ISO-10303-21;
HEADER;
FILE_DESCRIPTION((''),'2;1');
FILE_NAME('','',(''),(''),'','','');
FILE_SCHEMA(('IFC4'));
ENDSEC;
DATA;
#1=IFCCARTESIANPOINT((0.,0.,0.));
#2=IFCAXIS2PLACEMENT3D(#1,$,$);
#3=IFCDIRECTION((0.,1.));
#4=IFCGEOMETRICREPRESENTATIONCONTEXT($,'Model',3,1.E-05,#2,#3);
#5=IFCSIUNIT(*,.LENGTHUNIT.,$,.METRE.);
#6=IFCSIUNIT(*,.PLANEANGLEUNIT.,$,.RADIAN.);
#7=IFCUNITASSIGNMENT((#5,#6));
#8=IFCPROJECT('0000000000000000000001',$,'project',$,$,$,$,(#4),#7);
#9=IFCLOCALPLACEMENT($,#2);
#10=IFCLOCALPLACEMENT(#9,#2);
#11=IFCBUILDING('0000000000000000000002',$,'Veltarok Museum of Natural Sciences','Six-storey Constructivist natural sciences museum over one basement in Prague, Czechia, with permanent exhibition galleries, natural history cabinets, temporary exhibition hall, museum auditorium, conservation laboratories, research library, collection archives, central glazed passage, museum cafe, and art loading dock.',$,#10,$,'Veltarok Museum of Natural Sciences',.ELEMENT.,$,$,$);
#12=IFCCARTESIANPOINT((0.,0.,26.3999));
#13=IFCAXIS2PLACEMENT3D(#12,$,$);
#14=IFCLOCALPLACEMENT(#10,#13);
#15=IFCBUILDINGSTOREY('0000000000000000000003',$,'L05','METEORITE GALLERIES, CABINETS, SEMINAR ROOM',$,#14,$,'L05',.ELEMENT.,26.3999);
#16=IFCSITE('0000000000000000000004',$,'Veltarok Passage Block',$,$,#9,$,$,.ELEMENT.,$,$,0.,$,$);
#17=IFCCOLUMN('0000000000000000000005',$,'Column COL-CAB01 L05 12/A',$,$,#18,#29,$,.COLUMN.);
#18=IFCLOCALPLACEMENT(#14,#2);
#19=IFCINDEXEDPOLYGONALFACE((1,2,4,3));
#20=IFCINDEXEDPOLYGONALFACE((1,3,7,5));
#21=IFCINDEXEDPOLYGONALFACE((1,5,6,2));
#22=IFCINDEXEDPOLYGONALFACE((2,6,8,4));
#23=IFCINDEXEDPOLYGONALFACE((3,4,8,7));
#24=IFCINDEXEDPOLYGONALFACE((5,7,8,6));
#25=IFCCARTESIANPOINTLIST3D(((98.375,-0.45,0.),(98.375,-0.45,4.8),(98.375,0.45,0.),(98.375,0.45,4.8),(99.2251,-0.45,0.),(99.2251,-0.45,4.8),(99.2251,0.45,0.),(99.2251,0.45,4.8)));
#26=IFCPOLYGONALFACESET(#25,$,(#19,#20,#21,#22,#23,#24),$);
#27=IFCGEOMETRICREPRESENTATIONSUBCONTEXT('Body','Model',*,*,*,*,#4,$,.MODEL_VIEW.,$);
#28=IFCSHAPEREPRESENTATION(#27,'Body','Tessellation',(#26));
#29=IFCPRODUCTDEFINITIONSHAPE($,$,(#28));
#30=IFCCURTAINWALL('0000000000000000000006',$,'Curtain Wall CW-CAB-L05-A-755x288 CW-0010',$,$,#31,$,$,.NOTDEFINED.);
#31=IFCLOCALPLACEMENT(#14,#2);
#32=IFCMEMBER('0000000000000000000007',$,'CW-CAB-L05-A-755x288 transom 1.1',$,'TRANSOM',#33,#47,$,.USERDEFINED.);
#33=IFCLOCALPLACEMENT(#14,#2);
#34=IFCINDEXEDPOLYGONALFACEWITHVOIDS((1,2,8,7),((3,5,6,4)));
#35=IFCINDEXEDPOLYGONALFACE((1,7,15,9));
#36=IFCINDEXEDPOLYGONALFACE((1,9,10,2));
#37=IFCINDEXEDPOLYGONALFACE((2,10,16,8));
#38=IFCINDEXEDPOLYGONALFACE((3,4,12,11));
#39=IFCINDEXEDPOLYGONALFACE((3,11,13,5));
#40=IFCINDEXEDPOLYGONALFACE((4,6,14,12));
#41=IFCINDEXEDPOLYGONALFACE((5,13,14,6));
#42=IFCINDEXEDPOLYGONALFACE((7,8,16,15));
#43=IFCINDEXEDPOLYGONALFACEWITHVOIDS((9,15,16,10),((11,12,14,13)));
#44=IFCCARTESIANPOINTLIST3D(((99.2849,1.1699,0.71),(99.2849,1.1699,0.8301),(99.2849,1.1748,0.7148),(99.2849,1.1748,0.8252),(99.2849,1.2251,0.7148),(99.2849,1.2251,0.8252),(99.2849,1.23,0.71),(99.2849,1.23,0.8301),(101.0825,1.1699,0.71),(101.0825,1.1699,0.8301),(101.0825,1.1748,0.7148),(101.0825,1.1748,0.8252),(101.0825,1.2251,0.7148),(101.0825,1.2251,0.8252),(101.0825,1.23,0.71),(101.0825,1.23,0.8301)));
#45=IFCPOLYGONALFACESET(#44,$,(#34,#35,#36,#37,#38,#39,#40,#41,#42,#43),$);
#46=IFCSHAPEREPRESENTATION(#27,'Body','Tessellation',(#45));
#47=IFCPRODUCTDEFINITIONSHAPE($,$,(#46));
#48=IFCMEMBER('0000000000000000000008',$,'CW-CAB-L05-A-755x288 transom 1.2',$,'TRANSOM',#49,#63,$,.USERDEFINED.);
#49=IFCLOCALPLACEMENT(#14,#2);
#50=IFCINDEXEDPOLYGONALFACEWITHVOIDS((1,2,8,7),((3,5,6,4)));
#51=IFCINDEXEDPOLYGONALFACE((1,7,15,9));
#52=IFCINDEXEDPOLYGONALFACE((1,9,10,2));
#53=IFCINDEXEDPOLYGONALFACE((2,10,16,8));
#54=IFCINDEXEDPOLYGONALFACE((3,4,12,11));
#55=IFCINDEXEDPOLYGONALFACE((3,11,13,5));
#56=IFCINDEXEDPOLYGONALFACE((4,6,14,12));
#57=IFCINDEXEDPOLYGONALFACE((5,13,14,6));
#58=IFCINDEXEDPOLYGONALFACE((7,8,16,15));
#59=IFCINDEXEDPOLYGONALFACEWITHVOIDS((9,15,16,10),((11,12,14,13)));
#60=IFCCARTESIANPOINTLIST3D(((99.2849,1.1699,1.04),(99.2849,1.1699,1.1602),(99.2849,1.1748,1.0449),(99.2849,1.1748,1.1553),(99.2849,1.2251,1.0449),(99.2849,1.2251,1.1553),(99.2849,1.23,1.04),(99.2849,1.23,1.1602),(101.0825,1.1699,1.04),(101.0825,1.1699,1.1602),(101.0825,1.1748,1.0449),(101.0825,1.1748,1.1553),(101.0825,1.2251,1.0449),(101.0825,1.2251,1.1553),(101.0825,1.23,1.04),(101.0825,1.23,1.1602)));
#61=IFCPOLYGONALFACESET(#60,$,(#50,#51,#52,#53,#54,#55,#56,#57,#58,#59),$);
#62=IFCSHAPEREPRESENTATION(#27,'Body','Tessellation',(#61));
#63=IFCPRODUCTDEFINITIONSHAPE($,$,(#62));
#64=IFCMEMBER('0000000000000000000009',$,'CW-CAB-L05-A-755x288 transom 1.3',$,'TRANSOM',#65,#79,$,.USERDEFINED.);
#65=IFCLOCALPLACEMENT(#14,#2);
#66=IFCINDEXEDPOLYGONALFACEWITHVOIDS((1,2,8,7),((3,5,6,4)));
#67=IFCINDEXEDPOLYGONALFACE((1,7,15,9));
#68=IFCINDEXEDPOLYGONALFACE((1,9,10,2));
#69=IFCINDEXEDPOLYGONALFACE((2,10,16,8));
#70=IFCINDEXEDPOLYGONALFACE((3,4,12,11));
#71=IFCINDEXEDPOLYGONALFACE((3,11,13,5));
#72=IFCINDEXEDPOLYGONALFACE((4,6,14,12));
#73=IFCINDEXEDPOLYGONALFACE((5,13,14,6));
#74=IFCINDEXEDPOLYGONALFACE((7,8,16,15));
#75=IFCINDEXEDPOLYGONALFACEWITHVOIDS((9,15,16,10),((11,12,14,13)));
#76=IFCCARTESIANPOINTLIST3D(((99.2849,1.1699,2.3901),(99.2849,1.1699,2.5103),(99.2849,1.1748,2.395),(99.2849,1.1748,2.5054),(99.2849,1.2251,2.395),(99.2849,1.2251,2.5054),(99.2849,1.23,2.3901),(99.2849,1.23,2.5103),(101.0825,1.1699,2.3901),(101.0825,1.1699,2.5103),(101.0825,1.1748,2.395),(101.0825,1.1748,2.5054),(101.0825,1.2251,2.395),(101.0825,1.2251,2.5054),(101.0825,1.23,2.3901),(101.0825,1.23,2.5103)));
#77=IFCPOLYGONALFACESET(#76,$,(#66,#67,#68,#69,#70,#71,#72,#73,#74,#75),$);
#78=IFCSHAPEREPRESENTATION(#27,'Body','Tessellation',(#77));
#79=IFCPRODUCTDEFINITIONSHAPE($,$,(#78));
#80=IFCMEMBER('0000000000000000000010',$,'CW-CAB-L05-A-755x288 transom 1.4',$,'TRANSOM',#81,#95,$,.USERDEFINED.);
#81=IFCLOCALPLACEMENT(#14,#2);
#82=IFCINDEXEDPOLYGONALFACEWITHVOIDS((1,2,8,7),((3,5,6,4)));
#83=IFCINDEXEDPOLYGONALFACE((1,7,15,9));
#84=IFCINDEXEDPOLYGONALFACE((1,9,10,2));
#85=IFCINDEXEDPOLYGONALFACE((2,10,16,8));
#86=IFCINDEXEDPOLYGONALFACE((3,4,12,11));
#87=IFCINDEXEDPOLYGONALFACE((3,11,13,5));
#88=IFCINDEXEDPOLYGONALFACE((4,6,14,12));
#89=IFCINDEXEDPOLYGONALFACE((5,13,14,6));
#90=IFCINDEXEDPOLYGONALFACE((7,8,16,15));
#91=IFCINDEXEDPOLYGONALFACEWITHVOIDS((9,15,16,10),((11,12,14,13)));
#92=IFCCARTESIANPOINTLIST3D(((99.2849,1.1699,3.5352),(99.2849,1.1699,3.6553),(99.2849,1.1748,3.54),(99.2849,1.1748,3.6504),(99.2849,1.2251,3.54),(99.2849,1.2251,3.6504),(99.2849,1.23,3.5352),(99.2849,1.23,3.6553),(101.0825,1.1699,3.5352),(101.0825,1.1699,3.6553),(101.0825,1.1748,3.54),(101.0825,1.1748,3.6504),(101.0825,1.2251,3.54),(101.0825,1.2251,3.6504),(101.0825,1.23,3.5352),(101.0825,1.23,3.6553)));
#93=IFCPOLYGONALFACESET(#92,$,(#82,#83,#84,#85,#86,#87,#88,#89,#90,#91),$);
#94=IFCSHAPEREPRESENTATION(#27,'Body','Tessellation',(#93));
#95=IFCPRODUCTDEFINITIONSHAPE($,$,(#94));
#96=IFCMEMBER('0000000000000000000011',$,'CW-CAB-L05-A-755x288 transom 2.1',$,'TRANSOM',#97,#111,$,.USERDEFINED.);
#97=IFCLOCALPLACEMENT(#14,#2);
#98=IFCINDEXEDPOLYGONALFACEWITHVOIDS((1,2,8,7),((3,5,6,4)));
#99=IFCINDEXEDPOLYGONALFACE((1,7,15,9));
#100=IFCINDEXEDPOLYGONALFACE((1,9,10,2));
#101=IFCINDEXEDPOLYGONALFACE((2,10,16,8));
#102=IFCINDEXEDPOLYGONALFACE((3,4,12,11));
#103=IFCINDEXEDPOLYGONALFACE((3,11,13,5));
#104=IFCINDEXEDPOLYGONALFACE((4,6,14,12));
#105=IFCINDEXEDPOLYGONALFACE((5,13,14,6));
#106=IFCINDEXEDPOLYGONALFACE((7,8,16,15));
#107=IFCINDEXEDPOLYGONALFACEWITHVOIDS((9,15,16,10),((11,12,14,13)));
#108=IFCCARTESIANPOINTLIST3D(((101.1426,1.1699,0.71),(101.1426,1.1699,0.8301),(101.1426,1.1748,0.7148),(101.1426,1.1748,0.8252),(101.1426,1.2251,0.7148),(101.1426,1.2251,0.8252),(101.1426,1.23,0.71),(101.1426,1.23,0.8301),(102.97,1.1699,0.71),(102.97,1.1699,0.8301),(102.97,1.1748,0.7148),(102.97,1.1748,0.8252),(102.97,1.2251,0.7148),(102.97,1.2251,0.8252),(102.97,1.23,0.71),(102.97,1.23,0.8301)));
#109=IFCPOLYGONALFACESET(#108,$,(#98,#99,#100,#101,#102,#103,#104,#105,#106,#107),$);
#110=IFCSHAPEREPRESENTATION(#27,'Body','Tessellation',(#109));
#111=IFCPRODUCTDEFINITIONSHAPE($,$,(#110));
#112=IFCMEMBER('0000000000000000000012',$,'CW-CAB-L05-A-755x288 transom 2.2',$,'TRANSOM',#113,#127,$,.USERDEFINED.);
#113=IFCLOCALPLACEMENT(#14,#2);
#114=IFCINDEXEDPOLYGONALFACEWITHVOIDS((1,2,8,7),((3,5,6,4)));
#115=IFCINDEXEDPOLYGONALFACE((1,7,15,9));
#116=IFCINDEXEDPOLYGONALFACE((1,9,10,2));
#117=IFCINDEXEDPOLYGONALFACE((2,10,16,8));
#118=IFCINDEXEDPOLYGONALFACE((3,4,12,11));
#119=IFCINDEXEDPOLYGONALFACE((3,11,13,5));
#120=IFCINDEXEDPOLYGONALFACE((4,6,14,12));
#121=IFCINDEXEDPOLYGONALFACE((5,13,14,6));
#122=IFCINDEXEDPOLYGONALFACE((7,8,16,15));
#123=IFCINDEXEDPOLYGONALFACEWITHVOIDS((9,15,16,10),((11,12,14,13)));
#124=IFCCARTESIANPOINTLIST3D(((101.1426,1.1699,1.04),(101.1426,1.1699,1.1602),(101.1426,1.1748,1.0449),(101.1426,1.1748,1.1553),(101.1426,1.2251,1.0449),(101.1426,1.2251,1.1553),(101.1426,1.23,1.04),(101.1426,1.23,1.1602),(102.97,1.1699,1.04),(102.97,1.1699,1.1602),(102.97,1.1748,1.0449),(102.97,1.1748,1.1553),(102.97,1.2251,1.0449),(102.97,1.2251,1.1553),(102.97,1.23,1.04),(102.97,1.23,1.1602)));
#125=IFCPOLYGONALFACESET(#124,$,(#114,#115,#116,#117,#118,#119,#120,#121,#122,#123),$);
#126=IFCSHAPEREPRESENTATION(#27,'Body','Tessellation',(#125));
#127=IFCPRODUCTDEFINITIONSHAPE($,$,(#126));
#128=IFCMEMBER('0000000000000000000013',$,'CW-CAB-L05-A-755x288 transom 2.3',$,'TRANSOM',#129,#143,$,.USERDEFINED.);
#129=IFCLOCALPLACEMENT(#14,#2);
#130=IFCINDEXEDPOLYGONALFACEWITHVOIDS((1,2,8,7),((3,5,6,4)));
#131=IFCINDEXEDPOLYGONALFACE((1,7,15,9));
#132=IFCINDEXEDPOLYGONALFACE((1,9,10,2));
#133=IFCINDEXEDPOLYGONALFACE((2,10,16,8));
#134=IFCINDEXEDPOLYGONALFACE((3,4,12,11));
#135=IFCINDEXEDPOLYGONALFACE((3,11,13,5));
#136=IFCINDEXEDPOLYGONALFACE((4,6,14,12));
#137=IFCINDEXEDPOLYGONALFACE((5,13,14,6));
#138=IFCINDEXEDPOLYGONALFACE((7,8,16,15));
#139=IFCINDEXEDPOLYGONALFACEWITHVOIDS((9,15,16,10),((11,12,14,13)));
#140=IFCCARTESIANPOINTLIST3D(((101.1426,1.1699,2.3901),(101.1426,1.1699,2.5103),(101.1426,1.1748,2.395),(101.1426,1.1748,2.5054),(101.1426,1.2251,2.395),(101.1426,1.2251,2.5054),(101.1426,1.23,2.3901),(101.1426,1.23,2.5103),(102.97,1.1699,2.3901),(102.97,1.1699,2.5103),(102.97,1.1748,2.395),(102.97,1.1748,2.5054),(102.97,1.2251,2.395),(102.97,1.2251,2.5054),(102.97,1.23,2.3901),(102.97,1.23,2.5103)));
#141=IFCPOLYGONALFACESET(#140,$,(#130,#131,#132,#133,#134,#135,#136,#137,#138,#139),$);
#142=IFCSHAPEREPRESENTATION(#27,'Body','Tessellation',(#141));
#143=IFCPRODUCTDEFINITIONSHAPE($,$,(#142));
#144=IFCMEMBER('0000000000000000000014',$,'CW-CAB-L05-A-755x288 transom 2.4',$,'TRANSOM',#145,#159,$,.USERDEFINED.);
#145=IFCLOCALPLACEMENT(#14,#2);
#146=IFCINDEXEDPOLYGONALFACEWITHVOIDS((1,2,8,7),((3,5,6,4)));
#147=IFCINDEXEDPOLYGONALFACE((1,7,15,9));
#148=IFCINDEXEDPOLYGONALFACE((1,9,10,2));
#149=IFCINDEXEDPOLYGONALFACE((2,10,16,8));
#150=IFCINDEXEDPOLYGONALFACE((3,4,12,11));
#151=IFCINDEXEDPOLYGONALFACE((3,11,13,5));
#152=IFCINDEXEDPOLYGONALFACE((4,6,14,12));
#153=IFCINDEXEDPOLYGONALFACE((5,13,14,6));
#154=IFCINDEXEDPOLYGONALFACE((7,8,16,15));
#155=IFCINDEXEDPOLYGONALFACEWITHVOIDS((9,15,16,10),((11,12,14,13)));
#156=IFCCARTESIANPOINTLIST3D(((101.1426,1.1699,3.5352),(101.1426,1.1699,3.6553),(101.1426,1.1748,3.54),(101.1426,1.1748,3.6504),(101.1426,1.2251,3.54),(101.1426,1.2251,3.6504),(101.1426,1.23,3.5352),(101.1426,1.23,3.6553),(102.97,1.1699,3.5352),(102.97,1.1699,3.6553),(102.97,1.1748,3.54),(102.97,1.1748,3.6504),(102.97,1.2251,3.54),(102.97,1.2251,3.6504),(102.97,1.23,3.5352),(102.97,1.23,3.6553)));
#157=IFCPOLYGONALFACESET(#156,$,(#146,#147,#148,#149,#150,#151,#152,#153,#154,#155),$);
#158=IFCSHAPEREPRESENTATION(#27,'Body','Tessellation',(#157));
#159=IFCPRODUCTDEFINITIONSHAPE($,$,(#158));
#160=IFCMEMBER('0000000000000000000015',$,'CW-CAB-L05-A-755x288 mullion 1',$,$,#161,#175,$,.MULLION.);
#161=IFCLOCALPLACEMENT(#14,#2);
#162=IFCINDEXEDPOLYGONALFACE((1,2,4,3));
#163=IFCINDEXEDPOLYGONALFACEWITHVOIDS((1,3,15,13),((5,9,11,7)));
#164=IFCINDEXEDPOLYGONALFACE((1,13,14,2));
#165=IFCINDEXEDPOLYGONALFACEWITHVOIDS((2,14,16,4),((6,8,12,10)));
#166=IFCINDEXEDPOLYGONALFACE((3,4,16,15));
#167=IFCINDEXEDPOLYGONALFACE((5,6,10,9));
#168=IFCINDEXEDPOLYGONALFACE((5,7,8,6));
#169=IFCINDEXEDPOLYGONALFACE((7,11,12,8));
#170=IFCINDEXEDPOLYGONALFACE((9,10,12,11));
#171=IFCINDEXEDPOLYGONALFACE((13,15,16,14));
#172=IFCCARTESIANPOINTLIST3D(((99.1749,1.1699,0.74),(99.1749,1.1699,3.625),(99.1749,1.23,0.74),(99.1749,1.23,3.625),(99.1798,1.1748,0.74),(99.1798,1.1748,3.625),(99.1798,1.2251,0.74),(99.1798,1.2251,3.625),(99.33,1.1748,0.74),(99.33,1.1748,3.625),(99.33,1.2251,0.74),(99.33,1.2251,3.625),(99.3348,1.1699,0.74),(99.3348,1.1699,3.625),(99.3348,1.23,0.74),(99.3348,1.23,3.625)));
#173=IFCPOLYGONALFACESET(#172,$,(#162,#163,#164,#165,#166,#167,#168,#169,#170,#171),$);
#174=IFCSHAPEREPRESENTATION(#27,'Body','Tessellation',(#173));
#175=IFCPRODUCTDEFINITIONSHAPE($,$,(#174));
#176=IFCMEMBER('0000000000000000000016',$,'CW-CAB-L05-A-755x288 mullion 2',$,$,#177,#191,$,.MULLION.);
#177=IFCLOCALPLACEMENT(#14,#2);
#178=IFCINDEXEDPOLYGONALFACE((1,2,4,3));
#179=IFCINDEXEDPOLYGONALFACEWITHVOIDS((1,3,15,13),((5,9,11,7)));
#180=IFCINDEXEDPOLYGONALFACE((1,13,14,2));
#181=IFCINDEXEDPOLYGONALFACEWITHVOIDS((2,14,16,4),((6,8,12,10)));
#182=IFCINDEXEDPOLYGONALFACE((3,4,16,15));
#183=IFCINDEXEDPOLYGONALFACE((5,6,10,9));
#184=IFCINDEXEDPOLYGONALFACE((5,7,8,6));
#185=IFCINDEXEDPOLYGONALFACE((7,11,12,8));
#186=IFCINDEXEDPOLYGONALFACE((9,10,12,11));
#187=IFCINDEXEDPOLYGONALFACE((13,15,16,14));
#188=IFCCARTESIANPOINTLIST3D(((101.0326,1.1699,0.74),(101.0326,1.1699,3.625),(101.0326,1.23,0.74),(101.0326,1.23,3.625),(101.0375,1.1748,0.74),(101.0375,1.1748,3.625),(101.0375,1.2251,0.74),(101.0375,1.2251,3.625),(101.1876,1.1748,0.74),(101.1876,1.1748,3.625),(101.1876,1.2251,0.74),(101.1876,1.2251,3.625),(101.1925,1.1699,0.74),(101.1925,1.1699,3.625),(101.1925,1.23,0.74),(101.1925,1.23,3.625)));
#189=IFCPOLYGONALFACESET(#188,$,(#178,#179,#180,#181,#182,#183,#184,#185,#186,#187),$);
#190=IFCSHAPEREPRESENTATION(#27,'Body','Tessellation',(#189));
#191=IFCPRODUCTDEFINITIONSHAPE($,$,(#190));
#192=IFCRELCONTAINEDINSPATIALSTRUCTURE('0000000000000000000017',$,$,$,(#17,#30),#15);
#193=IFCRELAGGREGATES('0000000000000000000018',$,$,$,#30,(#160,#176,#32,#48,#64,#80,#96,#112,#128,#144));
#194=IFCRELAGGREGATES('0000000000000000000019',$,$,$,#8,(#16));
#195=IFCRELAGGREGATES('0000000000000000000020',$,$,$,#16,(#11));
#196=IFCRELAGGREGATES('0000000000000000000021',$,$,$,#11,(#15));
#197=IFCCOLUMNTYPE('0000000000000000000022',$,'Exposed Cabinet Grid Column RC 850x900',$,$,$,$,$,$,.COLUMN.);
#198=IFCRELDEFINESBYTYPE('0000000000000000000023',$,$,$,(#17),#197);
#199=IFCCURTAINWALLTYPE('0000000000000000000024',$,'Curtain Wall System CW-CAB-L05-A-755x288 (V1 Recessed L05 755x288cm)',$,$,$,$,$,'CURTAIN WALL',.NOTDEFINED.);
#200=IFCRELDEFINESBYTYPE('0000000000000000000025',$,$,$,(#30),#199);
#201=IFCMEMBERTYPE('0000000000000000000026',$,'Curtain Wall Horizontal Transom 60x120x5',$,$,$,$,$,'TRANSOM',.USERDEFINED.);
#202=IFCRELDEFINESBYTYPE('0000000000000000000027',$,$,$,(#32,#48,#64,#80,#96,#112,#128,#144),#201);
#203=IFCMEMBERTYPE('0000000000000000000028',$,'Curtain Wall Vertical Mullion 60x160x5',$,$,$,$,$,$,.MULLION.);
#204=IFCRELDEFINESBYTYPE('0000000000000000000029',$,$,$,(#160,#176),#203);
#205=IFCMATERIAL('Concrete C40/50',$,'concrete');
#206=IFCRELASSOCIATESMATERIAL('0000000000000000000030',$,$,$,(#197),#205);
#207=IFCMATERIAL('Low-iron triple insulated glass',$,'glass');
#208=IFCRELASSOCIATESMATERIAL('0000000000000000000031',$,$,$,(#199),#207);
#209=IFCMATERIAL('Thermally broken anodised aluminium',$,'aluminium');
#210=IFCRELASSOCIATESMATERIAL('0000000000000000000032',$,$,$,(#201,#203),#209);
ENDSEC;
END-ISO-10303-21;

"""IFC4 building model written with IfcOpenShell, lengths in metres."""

from ifc_helpers import new_model, si_unit, direction, frame, origin, origin_2d, place, context, subcontext, project, spatial, rectangle, hollow_rectangle, extrude, material, material_profile, profile_set, type_object, element, aggregate, save


model = new_model("IFC4")

# Units and contexts
model_context = context("Model", 3, precision=1e-05, world=origin(), true_north=direction((0.0, 1.0)))
body_context = subcontext(model_context, "Body", "Model", "MODEL_VIEW")
ifc_project = project(units=[si_unit("LENGTHUNIT", "METRE"), si_unit("PLANEANGLEUNIT", "RADIAN")], contexts=[model_context])

# Site, building, storey
site_placement = place(None, origin())
site = spatial("IfcSite", under=ifc_project, at=site_placement, Name="Veltarok Passage Block", CompositionType="ELEMENT", RefElevation=0.0)
building_placement = place(site_placement, origin())
building = spatial("IfcBuilding", under=site, at=building_placement, Name="Veltarok Museum of Natural Sciences", Description="Six-storey Constructivist natural sciences museum over one basement in Prague, Czechia, with permanent exhibition galleries, natural history cabinets, temporary exhibition hall, museum auditorium, conservation laboratories, research library, collection archives, central glazed passage, museum cafe, and art loading dock.", LongName="Veltarok Museum of Natural Sciences", CompositionType="ELEMENT")
storey_placement = place(building_placement, frame((0.0, 0.0, 26.3999)))
storey = spatial("IfcBuildingStorey", under=building, at=storey_placement, Name="L05", Description="METEORITE GALLERIES, CABINETS, SEMINAR ROOM", LongName="L05", CompositionType="ELEMENT", Elevation=26.3999)

# Column
ifc_material_1 = material(Name="Concrete C40/50", Category="concrete")
ifc_material_profile_1 = material_profile(ifc_material_1, rectangle(XDim=0.8501, YDim=0.8999, at=origin_2d()), Name="RC 850x900")
ifc_profile_set_1 = profile_set([ifc_material_profile_1], Name="Concrete C40/50")
column_type = type_object("IfcColumnType", Name="Exposed Cabinet Grid Column RC 850x900", PredefinedType="COLUMN", material=ifc_profile_set_1)
column_placement = place(storey_placement, frame((98.8, 0.0, 0.0), z_axis=(0.0, 0.0, 1.0), x_axis=(1.0, 0.0, 0.0)))
element("IfcColumn", 1, at=column_placement, inside=storey, type_object=column_type, Name="Column COL-CAB01 L05 12/A", PredefinedType="COLUMN", context=body_context, shape_type="SweptSolid", body=[
    extrude(rectangle(XDim=0.8501, YDim=0.8999, at=origin_2d()), origin(), (0.0, 0.0, 1.0), 4.8),
])

# Curtain wall, members
ifc_material_2 = material(Name="Low-iron triple insulated glass", Category="glass")
curtain_wall_type = type_object("IfcCurtainWallType", Name="Curtain Wall System CW-CAB-L05-A-755x288 (V1 Recessed L05 755x288cm)", ElementType="CURTAIN WALL", PredefinedType="NOTDEFINED", material=ifc_material_2)
curtain_wall_placement = place(storey_placement, origin())
curtain_wall = element("IfcCurtainWall", 2, at=curtain_wall_placement, inside=storey, type_object=curtain_wall_type, Name="Curtain Wall CW-CAB-L05-A-755x288 CW-0010", PredefinedType="NOTDEFINED")
ifc_material_3 = material(Name="Thermally broken anodised aluminium", Category="aluminium")
ifc_material_profile_2 = material_profile(ifc_material_3, hollow_rectangle(XDim=0.0601, YDim=0.1201, WallThickness=0.0049, at=origin_2d()), Name="CW TRANSOM 60x120x5")
ifc_profile_set_2 = profile_set([ifc_material_profile_2], Name="Thermally broken anodised aluminium")
member_type_1 = type_object("IfcMemberType", Name="Curtain Wall Horizontal Transom 60x120x5", ElementType="TRANSOM", PredefinedType="USERDEFINED", material=ifc_profile_set_2)
member_1_placement = place(storey_placement, frame((99.2849, 1.2, 0.77), z_axis=(1.0, 0.0, 0.0), x_axis=(0.0, 1.0, 0.0)))
member_1 = element("IfcMember", 3, at=member_1_placement, type_object=member_type_1, Name="CW-CAB-L05-A-755x288 transom 1.1", ObjectType="TRANSOM", PredefinedType="USERDEFINED", context=body_context, shape_type="SweptSolid", body=[
    extrude(hollow_rectangle(XDim=0.0601, YDim=0.1201, WallThickness=0.0049, at=origin_2d()), origin(), (0.0, 0.0, 1.0), 1.7976),
])
member_2_placement = place(storey_placement, frame((99.2849, 1.2, 1.1001), z_axis=(1.0, 0.0, 0.0), x_axis=(0.0, 1.0, 0.0)))
member_2 = element("IfcMember", 4, at=member_2_placement, type_object=member_type_1, Name="CW-CAB-L05-A-755x288 transom 1.2", ObjectType="TRANSOM", PredefinedType="USERDEFINED", context=body_context, shape_type="SweptSolid", body=[
    extrude(hollow_rectangle(XDim=0.0601, YDim=0.1201, WallThickness=0.0049, at=origin_2d()), origin(), (0.0, 0.0, 1.0), 1.7976),
])
member_3_placement = place(storey_placement, frame((99.2849, 1.2, 2.4502), z_axis=(1.0, 0.0, 0.0), x_axis=(0.0, 1.0, 0.0)))
member_3 = element("IfcMember", 5, at=member_3_placement, type_object=member_type_1, Name="CW-CAB-L05-A-755x288 transom 1.3", ObjectType="TRANSOM", PredefinedType="USERDEFINED", context=body_context, shape_type="SweptSolid", body=[
    extrude(hollow_rectangle(XDim=0.0601, YDim=0.1201, WallThickness=0.0049, at=origin_2d()), origin(), (0.0, 0.0, 1.0), 1.7976),
])
member_4_placement = place(storey_placement, frame((99.2849, 1.2, 3.5952), z_axis=(1.0, 0.0, 0.0), x_axis=(0.0, 1.0, 0.0)))
member_4 = element("IfcMember", 6, at=member_4_placement, type_object=member_type_1, Name="CW-CAB-L05-A-755x288 transom 1.4", ObjectType="TRANSOM", PredefinedType="USERDEFINED", context=body_context, shape_type="SweptSolid", body=[
    extrude(hollow_rectangle(XDim=0.0601, YDim=0.1201, WallThickness=0.0049, at=origin_2d()), origin(), (0.0, 0.0, 1.0), 1.7976),
])
member_5_placement = place(storey_placement, frame((101.1426, 1.2, 0.77), z_axis=(1.0, 0.0, 0.0), x_axis=(0.0, 1.0, 0.0)))
member_5 = element("IfcMember", 7, at=member_5_placement, type_object=member_type_1, Name="CW-CAB-L05-A-755x288 transom 2.1", ObjectType="TRANSOM", PredefinedType="USERDEFINED", context=body_context, shape_type="SweptSolid", body=[
    extrude(hollow_rectangle(XDim=0.0601, YDim=0.1201, WallThickness=0.0049, at=origin_2d()), origin(), (0.0, 0.0, 1.0), 1.8274),
])
member_6_placement = place(storey_placement, frame((101.1426, 1.2, 1.1001), z_axis=(1.0, 0.0, 0.0), x_axis=(0.0, 1.0, 0.0)))
member_6 = element("IfcMember", 8, at=member_6_placement, type_object=member_type_1, Name="CW-CAB-L05-A-755x288 transom 2.2", ObjectType="TRANSOM", PredefinedType="USERDEFINED", context=body_context, shape_type="SweptSolid", body=[
    extrude(hollow_rectangle(XDim=0.0601, YDim=0.1201, WallThickness=0.0049, at=origin_2d()), origin(), (0.0, 0.0, 1.0), 1.8274),
])
member_7_placement = place(storey_placement, frame((101.1426, 1.2, 2.4502), z_axis=(1.0, 0.0, 0.0), x_axis=(0.0, 1.0, 0.0)))
member_7 = element("IfcMember", 9, at=member_7_placement, type_object=member_type_1, Name="CW-CAB-L05-A-755x288 transom 2.3", ObjectType="TRANSOM", PredefinedType="USERDEFINED", context=body_context, shape_type="SweptSolid", body=[
    extrude(hollow_rectangle(XDim=0.0601, YDim=0.1201, WallThickness=0.0049, at=origin_2d()), origin(), (0.0, 0.0, 1.0), 1.8274),
])
member_8_placement = place(storey_placement, frame((101.1426, 1.2, 3.5952), z_axis=(1.0, 0.0, 0.0), x_axis=(0.0, 1.0, 0.0)))
member_8 = element("IfcMember", 10, at=member_8_placement, type_object=member_type_1, Name="CW-CAB-L05-A-755x288 transom 2.4", ObjectType="TRANSOM", PredefinedType="USERDEFINED", context=body_context, shape_type="SweptSolid", body=[
    extrude(hollow_rectangle(XDim=0.0601, YDim=0.1201, WallThickness=0.0049, at=origin_2d()), origin(), (0.0, 0.0, 1.0), 1.8274),
])
ifc_material_profile_3 = material_profile(ifc_material_3, hollow_rectangle(XDim=0.0601, YDim=0.1599, WallThickness=0.0049, at=origin_2d()), Name="CW MULLION 60x160x5")
ifc_profile_set_3 = profile_set([ifc_material_profile_3], Name="Thermally broken anodised aluminium")
member_type_2 = type_object("IfcMemberType", Name="Curtain Wall Vertical Mullion 60x160x5", PredefinedType="MULLION", material=ifc_profile_set_3)
member_9_placement = place(storey_placement, frame((99.2549, 1.2, 0.74), z_axis=(0.0, 0.0, 1.0), x_axis=(0.0, 1.0, 0.0)))
member_9 = element("IfcMember", 11, at=member_9_placement, type_object=member_type_2, Name="CW-CAB-L05-A-755x288 mullion 1", PredefinedType="MULLION", context=body_context, shape_type="SweptSolid", body=[
    extrude(hollow_rectangle(XDim=0.0601, YDim=0.1599, WallThickness=0.0049, at=origin_2d()), origin(), (0.0, 0.0, 1.0), 2.885),
])
member_10_placement = place(storey_placement, frame((101.1125, 1.2, 0.74), z_axis=(0.0, 0.0, 1.0), x_axis=(0.0, 1.0, 0.0)))
member_10 = element("IfcMember", 12, at=member_10_placement, type_object=member_type_2, Name="CW-CAB-L05-A-755x288 mullion 2", PredefinedType="MULLION", context=body_context, shape_type="SweptSolid", body=[
    extrude(hollow_rectangle(XDim=0.0601, YDim=0.1599, WallThickness=0.0049, at=origin_2d()), origin(), (0.0, 0.0, 1.0), 2.885),
])

aggregate(curtain_wall, [member_9, member_10, member_1, member_2, member_3, member_4, member_5, member_6, member_7, member_8])

save(model, "model.ifc")
